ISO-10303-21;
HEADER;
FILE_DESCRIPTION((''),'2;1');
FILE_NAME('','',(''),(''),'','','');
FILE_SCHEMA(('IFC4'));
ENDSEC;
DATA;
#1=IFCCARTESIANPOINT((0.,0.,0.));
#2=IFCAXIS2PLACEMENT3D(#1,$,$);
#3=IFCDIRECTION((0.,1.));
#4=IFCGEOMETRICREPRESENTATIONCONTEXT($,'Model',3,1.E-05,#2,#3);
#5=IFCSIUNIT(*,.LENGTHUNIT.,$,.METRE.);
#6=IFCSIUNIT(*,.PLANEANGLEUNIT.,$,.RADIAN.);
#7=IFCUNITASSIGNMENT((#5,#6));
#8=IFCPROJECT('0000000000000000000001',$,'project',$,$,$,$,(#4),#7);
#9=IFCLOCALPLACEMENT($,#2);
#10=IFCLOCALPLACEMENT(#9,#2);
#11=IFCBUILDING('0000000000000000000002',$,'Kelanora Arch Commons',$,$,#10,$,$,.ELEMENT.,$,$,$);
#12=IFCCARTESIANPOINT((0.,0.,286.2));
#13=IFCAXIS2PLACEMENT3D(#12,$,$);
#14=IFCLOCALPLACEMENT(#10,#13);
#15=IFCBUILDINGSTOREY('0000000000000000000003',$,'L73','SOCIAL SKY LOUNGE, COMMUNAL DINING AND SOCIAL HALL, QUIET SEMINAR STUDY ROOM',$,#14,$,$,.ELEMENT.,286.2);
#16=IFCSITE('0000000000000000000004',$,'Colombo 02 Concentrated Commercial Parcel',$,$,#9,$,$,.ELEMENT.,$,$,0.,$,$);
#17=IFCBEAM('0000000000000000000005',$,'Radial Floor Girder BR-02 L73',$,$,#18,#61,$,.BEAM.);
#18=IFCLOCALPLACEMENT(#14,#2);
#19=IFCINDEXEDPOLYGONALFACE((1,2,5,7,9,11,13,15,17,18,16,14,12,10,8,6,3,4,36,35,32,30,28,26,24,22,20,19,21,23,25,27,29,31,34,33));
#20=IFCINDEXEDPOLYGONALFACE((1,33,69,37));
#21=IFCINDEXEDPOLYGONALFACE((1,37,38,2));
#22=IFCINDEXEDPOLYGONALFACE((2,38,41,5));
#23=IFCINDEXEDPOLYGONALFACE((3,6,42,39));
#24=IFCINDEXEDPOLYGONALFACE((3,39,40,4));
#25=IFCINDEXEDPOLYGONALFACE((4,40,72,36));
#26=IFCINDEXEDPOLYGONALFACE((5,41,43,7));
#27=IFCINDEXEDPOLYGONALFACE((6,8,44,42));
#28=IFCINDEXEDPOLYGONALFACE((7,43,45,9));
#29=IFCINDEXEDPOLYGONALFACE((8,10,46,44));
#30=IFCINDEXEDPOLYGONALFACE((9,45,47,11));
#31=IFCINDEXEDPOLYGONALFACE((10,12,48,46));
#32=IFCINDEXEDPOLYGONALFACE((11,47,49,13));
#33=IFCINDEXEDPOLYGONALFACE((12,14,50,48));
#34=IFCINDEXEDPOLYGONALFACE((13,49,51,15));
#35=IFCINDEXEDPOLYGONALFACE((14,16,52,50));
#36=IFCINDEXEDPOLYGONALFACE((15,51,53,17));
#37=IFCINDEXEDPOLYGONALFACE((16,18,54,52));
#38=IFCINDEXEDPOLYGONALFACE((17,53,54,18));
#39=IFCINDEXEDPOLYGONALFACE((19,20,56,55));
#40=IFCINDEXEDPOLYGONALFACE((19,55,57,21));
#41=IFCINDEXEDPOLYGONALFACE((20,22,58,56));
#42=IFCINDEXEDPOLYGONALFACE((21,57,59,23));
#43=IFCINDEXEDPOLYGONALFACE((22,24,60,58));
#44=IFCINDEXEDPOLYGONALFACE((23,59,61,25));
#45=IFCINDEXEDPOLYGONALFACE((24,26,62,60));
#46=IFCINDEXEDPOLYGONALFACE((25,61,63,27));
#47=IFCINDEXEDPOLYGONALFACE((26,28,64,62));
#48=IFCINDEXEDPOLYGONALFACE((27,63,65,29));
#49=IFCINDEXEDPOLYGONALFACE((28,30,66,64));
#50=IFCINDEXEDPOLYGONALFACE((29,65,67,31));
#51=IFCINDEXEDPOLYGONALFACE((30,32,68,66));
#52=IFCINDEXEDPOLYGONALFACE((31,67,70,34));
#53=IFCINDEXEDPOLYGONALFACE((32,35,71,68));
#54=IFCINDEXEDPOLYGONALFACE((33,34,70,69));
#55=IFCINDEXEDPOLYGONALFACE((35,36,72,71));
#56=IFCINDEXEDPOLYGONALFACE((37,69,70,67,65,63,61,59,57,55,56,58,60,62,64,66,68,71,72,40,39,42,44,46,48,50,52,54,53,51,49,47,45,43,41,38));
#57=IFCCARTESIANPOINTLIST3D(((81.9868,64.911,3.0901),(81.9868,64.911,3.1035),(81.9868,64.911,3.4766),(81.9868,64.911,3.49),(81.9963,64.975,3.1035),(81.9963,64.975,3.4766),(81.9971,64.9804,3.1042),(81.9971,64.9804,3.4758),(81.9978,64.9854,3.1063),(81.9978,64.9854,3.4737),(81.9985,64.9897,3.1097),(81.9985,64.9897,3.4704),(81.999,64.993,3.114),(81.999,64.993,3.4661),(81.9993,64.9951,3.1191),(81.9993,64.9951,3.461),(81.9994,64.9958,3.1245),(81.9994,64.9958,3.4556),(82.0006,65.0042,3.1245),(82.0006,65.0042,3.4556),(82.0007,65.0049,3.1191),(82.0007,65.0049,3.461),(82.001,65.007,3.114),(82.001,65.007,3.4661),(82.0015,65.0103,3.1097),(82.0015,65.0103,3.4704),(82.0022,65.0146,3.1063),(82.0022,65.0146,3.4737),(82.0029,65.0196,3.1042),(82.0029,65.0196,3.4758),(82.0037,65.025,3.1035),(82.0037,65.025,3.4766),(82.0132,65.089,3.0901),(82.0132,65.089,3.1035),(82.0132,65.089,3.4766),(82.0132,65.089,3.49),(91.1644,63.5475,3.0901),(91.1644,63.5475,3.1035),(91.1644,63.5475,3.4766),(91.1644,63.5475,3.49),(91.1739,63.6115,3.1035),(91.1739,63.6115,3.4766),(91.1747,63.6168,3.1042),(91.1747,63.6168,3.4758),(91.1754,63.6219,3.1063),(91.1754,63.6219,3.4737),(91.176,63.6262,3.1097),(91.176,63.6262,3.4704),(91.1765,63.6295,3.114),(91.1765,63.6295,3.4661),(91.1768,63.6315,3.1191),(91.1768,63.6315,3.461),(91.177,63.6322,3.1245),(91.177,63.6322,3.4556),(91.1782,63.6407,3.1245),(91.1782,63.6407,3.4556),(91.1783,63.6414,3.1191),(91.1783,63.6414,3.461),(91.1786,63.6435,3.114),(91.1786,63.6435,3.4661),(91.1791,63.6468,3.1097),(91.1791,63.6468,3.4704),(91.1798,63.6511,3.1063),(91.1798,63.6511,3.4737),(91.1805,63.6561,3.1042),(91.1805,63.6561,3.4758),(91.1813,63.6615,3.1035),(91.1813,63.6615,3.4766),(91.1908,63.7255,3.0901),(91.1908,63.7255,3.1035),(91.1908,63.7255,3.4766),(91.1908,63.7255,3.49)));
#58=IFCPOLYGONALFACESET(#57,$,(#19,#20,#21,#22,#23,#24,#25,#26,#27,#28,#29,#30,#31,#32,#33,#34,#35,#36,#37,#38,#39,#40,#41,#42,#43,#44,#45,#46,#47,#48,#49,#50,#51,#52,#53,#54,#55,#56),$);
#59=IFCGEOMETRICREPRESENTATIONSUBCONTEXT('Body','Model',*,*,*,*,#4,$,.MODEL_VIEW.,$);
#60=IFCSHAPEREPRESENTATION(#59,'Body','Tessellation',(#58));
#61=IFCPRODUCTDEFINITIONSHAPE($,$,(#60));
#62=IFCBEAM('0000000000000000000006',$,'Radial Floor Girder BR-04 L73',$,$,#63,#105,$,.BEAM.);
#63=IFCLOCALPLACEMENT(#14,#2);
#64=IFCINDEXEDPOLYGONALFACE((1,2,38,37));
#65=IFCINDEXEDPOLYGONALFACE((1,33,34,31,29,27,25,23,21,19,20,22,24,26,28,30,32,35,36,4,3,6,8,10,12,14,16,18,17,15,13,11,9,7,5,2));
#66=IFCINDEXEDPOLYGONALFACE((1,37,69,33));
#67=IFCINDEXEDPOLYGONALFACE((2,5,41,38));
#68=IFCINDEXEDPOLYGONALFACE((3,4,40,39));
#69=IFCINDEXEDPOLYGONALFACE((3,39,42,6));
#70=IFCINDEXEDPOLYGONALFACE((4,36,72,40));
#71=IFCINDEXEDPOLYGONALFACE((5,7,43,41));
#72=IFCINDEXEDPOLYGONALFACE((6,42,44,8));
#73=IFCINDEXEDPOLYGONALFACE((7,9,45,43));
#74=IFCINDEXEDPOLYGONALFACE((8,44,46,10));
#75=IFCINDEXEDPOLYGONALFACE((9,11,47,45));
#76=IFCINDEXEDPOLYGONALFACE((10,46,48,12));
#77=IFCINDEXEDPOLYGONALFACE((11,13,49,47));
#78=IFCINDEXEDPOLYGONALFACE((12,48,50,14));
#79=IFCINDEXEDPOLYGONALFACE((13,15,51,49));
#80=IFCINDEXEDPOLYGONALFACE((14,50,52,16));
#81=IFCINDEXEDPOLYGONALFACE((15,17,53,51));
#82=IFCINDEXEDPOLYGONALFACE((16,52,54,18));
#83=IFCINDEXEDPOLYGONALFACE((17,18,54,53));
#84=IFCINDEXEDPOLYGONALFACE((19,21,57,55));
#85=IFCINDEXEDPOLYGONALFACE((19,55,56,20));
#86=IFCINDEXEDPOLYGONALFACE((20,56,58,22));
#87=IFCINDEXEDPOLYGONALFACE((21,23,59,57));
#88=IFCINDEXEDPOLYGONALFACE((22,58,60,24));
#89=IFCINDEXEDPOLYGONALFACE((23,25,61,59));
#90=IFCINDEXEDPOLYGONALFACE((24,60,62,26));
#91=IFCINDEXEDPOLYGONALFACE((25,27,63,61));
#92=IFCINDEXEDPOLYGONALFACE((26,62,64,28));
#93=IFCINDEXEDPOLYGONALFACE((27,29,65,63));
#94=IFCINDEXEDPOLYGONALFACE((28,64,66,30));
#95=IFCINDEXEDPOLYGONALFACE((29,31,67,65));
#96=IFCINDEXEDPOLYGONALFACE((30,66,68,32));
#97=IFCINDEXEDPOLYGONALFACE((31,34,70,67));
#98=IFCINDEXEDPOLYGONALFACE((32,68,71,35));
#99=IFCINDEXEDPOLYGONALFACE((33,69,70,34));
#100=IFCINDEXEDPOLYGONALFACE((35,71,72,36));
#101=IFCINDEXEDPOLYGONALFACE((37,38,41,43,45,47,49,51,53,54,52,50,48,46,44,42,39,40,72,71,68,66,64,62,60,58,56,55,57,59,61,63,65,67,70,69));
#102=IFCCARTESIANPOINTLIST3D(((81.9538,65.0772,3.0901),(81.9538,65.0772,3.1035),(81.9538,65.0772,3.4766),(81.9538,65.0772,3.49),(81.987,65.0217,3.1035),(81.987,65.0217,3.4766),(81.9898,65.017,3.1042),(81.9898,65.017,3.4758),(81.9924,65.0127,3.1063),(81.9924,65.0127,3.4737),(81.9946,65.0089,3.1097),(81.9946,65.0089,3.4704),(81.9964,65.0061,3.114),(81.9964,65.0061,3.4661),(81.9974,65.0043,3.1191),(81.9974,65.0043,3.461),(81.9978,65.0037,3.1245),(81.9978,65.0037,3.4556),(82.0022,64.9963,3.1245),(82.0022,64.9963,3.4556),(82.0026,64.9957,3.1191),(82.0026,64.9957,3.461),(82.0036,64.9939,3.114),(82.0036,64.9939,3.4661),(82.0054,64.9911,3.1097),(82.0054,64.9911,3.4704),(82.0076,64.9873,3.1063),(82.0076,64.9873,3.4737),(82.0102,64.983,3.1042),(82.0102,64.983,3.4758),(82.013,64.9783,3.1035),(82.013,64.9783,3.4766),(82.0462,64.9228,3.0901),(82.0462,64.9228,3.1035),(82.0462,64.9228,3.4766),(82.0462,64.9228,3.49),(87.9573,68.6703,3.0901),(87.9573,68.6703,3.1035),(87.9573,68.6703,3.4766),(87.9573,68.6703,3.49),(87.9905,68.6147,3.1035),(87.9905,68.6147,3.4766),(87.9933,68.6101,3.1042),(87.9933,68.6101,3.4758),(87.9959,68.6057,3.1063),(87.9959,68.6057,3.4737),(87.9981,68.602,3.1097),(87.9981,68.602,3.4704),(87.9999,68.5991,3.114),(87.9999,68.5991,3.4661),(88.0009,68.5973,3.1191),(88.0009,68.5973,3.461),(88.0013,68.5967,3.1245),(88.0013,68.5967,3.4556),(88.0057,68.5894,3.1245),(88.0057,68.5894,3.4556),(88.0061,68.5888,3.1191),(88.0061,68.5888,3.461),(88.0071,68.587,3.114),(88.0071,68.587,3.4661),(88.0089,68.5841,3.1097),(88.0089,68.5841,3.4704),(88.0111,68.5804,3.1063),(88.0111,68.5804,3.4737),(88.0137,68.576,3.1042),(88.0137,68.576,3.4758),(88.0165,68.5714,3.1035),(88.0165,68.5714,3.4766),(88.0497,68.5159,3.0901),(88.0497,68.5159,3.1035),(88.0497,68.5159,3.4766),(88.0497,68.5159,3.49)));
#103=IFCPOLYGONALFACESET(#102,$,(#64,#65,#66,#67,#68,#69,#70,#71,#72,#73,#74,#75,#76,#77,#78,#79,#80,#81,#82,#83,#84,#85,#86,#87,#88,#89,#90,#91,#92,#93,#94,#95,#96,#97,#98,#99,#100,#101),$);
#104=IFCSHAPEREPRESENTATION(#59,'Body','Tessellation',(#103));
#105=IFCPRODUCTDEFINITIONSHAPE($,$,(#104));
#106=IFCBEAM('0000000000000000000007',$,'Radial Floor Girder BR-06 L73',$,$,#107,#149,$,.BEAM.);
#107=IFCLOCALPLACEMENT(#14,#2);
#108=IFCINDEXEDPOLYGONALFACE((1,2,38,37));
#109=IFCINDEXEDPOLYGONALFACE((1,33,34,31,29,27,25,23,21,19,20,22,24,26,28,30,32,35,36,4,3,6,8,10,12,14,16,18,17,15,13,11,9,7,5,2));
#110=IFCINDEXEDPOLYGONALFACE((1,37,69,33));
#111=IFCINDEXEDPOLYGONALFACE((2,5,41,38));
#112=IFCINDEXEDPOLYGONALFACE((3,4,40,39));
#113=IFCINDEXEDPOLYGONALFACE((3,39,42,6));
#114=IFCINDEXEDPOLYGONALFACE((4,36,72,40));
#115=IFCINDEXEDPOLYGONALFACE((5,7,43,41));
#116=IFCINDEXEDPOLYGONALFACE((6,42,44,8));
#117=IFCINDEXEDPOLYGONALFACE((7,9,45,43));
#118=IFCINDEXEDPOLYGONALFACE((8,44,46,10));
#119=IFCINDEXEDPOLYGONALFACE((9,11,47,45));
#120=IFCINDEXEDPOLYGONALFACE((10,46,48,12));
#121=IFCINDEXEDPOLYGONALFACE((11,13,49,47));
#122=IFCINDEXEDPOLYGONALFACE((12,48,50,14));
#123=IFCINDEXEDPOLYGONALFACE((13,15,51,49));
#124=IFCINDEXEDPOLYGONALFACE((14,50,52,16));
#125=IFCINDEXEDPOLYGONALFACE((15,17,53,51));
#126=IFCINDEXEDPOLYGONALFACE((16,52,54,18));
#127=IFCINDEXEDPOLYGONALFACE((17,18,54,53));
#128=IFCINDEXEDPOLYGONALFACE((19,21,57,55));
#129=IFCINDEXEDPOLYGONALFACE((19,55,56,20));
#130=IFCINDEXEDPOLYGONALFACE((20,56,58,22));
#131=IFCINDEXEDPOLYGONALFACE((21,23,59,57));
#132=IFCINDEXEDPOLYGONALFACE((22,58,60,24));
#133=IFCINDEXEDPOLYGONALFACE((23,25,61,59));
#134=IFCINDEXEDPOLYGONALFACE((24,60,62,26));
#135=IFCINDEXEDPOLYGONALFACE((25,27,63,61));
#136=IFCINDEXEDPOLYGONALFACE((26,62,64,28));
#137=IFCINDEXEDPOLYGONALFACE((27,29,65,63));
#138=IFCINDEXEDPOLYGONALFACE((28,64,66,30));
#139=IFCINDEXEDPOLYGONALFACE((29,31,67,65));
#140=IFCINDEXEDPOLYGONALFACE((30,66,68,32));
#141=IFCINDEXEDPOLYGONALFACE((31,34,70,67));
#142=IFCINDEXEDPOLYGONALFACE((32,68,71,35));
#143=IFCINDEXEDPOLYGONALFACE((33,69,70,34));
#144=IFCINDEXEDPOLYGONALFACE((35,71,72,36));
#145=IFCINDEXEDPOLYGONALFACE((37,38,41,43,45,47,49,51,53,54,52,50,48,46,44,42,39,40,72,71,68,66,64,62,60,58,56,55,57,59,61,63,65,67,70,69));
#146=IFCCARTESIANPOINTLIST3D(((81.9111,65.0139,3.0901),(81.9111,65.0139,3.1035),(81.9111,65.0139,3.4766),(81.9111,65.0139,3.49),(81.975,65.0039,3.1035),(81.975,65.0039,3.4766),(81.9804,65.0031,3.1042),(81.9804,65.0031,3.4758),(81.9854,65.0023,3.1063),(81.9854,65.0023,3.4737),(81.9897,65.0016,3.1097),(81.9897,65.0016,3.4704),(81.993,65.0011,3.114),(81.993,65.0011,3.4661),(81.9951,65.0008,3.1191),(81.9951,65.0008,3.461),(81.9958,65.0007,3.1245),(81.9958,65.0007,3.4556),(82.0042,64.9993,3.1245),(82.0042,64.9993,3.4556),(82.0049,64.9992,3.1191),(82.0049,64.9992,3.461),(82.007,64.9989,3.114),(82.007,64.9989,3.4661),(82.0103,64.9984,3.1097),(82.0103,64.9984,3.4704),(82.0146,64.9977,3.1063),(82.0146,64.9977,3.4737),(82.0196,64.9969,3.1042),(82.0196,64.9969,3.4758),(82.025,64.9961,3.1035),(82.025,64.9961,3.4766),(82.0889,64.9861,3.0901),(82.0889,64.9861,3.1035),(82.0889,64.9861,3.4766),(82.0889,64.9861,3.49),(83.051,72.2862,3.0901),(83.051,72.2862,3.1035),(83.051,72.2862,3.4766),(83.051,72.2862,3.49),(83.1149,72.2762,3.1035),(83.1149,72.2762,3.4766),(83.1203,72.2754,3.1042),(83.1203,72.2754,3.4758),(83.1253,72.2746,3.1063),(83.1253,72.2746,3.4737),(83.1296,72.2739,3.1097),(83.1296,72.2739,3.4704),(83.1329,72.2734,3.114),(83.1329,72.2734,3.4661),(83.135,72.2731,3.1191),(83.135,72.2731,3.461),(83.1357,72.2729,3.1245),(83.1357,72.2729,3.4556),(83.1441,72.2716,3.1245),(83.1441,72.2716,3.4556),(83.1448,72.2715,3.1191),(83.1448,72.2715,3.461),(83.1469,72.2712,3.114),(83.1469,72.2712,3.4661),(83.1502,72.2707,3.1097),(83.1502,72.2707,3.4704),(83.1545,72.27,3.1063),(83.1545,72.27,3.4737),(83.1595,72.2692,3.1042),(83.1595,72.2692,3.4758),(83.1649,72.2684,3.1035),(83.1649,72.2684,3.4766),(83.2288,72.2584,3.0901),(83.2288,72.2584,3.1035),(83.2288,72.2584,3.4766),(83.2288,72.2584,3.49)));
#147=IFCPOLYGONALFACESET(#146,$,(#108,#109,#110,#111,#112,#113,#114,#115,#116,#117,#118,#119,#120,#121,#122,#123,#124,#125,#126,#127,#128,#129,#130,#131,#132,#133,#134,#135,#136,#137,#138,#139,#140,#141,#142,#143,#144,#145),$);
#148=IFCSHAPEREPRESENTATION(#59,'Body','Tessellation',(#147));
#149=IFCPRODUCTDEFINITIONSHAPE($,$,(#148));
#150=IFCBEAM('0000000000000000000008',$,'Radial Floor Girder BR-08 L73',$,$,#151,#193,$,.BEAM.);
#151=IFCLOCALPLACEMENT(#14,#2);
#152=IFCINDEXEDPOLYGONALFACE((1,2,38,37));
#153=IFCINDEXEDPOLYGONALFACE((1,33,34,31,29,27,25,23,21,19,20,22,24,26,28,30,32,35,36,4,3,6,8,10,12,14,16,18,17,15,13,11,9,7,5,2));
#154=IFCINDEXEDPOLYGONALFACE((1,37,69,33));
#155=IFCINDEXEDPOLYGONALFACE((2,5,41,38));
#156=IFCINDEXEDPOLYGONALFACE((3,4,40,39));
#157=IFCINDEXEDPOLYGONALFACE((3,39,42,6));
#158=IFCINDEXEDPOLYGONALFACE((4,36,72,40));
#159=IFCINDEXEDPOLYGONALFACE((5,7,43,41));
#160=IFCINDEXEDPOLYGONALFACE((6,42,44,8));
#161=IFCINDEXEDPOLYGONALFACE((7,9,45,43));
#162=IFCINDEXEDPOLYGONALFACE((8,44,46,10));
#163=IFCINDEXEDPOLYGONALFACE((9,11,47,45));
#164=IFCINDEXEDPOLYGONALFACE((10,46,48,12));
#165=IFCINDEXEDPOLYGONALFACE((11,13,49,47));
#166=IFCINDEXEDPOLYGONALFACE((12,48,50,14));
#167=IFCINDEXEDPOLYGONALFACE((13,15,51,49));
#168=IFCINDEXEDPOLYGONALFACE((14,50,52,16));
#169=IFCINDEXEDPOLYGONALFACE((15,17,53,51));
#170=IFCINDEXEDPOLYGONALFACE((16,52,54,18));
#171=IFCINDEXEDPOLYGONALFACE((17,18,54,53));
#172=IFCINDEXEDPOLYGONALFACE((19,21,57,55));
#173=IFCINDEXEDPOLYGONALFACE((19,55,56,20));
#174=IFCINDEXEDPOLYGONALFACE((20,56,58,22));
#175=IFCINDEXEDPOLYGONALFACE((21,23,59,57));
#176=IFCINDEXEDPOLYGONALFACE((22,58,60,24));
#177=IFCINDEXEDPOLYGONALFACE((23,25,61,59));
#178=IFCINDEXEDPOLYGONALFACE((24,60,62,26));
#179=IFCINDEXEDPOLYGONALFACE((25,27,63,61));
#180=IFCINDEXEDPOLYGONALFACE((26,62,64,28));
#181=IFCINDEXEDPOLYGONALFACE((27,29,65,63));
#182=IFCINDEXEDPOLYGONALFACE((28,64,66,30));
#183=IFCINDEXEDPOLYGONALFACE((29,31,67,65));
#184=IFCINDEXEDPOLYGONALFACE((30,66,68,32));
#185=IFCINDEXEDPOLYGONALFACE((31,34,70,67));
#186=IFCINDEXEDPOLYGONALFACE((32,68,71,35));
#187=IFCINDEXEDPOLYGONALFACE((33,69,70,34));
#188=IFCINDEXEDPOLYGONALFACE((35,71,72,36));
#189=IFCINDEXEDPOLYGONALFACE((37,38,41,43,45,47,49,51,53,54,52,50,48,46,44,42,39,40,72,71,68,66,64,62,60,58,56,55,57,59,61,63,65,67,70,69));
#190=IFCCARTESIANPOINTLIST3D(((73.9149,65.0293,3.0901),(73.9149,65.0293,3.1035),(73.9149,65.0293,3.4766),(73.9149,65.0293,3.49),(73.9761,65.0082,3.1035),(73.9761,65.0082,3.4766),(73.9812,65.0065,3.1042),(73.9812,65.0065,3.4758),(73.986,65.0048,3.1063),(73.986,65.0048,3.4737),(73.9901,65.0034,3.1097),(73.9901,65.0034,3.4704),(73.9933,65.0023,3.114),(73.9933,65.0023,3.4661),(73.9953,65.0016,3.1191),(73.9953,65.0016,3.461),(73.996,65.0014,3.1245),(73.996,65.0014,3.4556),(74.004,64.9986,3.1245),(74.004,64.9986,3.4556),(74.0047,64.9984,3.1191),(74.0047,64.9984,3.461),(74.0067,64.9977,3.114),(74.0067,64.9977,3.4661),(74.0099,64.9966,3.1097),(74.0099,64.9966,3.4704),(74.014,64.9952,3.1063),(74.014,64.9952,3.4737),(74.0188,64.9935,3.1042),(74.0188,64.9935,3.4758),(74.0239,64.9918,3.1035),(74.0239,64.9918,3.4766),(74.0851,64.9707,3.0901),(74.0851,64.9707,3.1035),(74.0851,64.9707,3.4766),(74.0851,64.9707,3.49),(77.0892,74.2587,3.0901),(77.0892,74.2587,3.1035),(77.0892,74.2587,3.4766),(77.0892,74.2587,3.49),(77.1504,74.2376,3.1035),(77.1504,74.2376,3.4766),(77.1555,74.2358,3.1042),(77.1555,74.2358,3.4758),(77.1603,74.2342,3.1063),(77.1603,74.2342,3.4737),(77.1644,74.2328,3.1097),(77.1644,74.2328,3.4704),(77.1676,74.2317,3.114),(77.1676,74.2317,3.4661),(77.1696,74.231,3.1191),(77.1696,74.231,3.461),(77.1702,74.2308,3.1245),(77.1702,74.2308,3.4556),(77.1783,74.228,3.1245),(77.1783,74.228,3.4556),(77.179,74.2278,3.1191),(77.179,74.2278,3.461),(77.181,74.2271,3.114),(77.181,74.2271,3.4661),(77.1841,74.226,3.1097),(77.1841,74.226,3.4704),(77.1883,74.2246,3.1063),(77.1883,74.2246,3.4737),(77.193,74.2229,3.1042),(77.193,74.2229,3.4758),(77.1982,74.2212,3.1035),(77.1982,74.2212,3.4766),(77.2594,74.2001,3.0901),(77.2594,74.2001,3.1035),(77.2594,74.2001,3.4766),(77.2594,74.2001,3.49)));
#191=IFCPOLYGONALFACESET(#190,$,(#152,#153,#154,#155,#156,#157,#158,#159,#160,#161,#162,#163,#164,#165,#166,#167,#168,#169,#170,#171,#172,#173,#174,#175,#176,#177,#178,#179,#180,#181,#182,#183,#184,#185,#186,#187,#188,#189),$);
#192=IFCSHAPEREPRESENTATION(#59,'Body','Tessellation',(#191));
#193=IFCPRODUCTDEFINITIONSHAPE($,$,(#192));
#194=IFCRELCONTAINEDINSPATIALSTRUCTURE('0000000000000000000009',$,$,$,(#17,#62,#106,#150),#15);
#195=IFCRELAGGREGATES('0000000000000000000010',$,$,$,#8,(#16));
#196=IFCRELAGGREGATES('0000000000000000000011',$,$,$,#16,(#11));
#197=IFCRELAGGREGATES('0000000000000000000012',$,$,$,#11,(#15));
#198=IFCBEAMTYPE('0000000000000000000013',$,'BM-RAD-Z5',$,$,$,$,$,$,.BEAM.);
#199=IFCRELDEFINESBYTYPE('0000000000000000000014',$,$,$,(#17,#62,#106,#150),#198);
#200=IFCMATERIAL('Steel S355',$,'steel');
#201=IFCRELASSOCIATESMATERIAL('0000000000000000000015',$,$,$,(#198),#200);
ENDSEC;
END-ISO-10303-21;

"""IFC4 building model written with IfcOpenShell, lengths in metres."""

from ifc_helpers import new_model, si_unit, direction, frame, origin, origin_2d, place, context, subcontext, project, spatial, i_section, extrude, material, material_profile, profile_set, type_object, element, save


model = new_model("IFC4")

# Units and contexts
model_context = context("Model", 3, precision=1e-05, world=origin(), true_north=direction((0.0, 1.0)))
body_context = subcontext(model_context, "Body", "Model", "MODEL_VIEW")
ifc_project = project(units=[si_unit("LENGTHUNIT", "METRE"), si_unit("PLANEANGLEUNIT", "RADIAN")], contexts=[model_context])

# Site, building, storey
site_placement = place(None, origin())
site = spatial("IfcSite", under=ifc_project, at=site_placement, Name="Colombo 02 Concentrated Commercial Parcel", CompositionType="ELEMENT", RefElevation=0.0)
building_placement = place(site_placement, origin())
building = spatial("IfcBuilding", under=site, at=building_placement, Name="Kelanora Arch Commons", CompositionType="ELEMENT")
storey_placement = place(building_placement, frame((0.0, 0.0, 286.2)))
storey = spatial("IfcBuildingStorey", under=building, at=storey_placement, Name="L73", Description="SOCIAL SKY LOUNGE, COMMUNAL DINING AND SOCIAL HALL, QUIET SEMINAR STUDY ROOM", CompositionType="ELEMENT", Elevation=286.2)

# Beams
ifc_material_1 = material(Name="Steel S355", Category="steel")
ifc_material_profile_1 = material_profile(ifc_material_1, i_section(OverallWidth=0.1799, OverallDepth=0.3999, WebThickness=0.0085, FlangeThickness=0.0134, FilletRadius=0.021, at=origin_2d()), Name="IPE400")
ifc_profile_set_1 = profile_set([ifc_material_profile_1], Name="Steel S355")
beam_type_1 = type_object("IfcBeamType", Name="BM-RAD-Z5", PredefinedType="BEAM", material=ifc_profile_set_1)
beam_1_placement = place(storey_placement, frame((82.0, 65.0, 3.29), z_axis=(0.989142, -0.14696, 0.0), x_axis=(0.14696, 0.989142, 0.0)))
element("IfcBeam", 1, at=beam_1_placement, inside=storey, type_object=beam_type_1, Name="Radial Floor Girder BR-02 L73", PredefinedType="BEAM", context=body_context, shape_type="SweptSolid", body=[
    extrude(i_section(OverallWidth=0.1799, OverallDepth=0.3999, WebThickness=0.0085, FlangeThickness=0.0134, FilletRadius=0.021, at=origin_2d()), origin(), (0.0, 0.0, 1.0), 9.2783),
])
beam_2_placement = place(storey_placement, frame((82.0, 65.0, 3.29), z_axis=(0.858062, 0.513546, 0.0), x_axis=(-0.513546, 0.858062, 0.0)))
element("IfcBeam", 2, at=beam_2_placement, inside=storey, type_object=beam_type_1, Name="Radial Floor Girder BR-04 L73", PredefinedType="BEAM", context=body_context, shape_type="SweptSolid", body=[
    extrude(i_section(OverallWidth=0.1799, OverallDepth=0.3999, WebThickness=0.0085, FlangeThickness=0.0134, FilletRadius=0.021, at=origin_2d()), origin(), (0.0, 0.0, 1.0), 6.9966),
])
beam_3_placement = place(storey_placement, frame((82.0, 65.0, 3.29), z_axis=(0.154855, 0.987937, 0.0), x_axis=(-0.987937, 0.154855, 0.0)))
element("IfcBeam", 3, at=beam_3_placement, inside=storey, type_object=beam_type_1, Name="Radial Floor Girder BR-06 L73", PredefinedType="BEAM", context=body_context, shape_type="SweptSolid", body=[
    extrude(i_section(OverallWidth=0.1799, OverallDepth=0.3999, WebThickness=0.0085, FlangeThickness=0.0134, FilletRadius=0.021, at=origin_2d()), origin(), (0.0, 0.0, 1.0), 7.3611),
])
beam_4_placement = place(storey_placement, frame((74.0, 65.0, 3.29), z_axis=(0.325234, 0.945634, 0.0), x_axis=(-0.945634, 0.325234, 0.0)))
element("IfcBeam", 4, at=beam_4_placement, inside=storey, type_object=beam_type_1, Name="Radial Floor Girder BR-08 L73", PredefinedType="BEAM", context=body_context, shape_type="SweptSolid", body=[
    extrude(i_section(OverallWidth=0.1799, OverallDepth=0.3999, WebThickness=0.0085, FlangeThickness=0.0134, FilletRadius=0.021, at=origin_2d()), origin(), (0.0, 0.0, 1.0), 9.76),
])

save(model, "model.ifc")
